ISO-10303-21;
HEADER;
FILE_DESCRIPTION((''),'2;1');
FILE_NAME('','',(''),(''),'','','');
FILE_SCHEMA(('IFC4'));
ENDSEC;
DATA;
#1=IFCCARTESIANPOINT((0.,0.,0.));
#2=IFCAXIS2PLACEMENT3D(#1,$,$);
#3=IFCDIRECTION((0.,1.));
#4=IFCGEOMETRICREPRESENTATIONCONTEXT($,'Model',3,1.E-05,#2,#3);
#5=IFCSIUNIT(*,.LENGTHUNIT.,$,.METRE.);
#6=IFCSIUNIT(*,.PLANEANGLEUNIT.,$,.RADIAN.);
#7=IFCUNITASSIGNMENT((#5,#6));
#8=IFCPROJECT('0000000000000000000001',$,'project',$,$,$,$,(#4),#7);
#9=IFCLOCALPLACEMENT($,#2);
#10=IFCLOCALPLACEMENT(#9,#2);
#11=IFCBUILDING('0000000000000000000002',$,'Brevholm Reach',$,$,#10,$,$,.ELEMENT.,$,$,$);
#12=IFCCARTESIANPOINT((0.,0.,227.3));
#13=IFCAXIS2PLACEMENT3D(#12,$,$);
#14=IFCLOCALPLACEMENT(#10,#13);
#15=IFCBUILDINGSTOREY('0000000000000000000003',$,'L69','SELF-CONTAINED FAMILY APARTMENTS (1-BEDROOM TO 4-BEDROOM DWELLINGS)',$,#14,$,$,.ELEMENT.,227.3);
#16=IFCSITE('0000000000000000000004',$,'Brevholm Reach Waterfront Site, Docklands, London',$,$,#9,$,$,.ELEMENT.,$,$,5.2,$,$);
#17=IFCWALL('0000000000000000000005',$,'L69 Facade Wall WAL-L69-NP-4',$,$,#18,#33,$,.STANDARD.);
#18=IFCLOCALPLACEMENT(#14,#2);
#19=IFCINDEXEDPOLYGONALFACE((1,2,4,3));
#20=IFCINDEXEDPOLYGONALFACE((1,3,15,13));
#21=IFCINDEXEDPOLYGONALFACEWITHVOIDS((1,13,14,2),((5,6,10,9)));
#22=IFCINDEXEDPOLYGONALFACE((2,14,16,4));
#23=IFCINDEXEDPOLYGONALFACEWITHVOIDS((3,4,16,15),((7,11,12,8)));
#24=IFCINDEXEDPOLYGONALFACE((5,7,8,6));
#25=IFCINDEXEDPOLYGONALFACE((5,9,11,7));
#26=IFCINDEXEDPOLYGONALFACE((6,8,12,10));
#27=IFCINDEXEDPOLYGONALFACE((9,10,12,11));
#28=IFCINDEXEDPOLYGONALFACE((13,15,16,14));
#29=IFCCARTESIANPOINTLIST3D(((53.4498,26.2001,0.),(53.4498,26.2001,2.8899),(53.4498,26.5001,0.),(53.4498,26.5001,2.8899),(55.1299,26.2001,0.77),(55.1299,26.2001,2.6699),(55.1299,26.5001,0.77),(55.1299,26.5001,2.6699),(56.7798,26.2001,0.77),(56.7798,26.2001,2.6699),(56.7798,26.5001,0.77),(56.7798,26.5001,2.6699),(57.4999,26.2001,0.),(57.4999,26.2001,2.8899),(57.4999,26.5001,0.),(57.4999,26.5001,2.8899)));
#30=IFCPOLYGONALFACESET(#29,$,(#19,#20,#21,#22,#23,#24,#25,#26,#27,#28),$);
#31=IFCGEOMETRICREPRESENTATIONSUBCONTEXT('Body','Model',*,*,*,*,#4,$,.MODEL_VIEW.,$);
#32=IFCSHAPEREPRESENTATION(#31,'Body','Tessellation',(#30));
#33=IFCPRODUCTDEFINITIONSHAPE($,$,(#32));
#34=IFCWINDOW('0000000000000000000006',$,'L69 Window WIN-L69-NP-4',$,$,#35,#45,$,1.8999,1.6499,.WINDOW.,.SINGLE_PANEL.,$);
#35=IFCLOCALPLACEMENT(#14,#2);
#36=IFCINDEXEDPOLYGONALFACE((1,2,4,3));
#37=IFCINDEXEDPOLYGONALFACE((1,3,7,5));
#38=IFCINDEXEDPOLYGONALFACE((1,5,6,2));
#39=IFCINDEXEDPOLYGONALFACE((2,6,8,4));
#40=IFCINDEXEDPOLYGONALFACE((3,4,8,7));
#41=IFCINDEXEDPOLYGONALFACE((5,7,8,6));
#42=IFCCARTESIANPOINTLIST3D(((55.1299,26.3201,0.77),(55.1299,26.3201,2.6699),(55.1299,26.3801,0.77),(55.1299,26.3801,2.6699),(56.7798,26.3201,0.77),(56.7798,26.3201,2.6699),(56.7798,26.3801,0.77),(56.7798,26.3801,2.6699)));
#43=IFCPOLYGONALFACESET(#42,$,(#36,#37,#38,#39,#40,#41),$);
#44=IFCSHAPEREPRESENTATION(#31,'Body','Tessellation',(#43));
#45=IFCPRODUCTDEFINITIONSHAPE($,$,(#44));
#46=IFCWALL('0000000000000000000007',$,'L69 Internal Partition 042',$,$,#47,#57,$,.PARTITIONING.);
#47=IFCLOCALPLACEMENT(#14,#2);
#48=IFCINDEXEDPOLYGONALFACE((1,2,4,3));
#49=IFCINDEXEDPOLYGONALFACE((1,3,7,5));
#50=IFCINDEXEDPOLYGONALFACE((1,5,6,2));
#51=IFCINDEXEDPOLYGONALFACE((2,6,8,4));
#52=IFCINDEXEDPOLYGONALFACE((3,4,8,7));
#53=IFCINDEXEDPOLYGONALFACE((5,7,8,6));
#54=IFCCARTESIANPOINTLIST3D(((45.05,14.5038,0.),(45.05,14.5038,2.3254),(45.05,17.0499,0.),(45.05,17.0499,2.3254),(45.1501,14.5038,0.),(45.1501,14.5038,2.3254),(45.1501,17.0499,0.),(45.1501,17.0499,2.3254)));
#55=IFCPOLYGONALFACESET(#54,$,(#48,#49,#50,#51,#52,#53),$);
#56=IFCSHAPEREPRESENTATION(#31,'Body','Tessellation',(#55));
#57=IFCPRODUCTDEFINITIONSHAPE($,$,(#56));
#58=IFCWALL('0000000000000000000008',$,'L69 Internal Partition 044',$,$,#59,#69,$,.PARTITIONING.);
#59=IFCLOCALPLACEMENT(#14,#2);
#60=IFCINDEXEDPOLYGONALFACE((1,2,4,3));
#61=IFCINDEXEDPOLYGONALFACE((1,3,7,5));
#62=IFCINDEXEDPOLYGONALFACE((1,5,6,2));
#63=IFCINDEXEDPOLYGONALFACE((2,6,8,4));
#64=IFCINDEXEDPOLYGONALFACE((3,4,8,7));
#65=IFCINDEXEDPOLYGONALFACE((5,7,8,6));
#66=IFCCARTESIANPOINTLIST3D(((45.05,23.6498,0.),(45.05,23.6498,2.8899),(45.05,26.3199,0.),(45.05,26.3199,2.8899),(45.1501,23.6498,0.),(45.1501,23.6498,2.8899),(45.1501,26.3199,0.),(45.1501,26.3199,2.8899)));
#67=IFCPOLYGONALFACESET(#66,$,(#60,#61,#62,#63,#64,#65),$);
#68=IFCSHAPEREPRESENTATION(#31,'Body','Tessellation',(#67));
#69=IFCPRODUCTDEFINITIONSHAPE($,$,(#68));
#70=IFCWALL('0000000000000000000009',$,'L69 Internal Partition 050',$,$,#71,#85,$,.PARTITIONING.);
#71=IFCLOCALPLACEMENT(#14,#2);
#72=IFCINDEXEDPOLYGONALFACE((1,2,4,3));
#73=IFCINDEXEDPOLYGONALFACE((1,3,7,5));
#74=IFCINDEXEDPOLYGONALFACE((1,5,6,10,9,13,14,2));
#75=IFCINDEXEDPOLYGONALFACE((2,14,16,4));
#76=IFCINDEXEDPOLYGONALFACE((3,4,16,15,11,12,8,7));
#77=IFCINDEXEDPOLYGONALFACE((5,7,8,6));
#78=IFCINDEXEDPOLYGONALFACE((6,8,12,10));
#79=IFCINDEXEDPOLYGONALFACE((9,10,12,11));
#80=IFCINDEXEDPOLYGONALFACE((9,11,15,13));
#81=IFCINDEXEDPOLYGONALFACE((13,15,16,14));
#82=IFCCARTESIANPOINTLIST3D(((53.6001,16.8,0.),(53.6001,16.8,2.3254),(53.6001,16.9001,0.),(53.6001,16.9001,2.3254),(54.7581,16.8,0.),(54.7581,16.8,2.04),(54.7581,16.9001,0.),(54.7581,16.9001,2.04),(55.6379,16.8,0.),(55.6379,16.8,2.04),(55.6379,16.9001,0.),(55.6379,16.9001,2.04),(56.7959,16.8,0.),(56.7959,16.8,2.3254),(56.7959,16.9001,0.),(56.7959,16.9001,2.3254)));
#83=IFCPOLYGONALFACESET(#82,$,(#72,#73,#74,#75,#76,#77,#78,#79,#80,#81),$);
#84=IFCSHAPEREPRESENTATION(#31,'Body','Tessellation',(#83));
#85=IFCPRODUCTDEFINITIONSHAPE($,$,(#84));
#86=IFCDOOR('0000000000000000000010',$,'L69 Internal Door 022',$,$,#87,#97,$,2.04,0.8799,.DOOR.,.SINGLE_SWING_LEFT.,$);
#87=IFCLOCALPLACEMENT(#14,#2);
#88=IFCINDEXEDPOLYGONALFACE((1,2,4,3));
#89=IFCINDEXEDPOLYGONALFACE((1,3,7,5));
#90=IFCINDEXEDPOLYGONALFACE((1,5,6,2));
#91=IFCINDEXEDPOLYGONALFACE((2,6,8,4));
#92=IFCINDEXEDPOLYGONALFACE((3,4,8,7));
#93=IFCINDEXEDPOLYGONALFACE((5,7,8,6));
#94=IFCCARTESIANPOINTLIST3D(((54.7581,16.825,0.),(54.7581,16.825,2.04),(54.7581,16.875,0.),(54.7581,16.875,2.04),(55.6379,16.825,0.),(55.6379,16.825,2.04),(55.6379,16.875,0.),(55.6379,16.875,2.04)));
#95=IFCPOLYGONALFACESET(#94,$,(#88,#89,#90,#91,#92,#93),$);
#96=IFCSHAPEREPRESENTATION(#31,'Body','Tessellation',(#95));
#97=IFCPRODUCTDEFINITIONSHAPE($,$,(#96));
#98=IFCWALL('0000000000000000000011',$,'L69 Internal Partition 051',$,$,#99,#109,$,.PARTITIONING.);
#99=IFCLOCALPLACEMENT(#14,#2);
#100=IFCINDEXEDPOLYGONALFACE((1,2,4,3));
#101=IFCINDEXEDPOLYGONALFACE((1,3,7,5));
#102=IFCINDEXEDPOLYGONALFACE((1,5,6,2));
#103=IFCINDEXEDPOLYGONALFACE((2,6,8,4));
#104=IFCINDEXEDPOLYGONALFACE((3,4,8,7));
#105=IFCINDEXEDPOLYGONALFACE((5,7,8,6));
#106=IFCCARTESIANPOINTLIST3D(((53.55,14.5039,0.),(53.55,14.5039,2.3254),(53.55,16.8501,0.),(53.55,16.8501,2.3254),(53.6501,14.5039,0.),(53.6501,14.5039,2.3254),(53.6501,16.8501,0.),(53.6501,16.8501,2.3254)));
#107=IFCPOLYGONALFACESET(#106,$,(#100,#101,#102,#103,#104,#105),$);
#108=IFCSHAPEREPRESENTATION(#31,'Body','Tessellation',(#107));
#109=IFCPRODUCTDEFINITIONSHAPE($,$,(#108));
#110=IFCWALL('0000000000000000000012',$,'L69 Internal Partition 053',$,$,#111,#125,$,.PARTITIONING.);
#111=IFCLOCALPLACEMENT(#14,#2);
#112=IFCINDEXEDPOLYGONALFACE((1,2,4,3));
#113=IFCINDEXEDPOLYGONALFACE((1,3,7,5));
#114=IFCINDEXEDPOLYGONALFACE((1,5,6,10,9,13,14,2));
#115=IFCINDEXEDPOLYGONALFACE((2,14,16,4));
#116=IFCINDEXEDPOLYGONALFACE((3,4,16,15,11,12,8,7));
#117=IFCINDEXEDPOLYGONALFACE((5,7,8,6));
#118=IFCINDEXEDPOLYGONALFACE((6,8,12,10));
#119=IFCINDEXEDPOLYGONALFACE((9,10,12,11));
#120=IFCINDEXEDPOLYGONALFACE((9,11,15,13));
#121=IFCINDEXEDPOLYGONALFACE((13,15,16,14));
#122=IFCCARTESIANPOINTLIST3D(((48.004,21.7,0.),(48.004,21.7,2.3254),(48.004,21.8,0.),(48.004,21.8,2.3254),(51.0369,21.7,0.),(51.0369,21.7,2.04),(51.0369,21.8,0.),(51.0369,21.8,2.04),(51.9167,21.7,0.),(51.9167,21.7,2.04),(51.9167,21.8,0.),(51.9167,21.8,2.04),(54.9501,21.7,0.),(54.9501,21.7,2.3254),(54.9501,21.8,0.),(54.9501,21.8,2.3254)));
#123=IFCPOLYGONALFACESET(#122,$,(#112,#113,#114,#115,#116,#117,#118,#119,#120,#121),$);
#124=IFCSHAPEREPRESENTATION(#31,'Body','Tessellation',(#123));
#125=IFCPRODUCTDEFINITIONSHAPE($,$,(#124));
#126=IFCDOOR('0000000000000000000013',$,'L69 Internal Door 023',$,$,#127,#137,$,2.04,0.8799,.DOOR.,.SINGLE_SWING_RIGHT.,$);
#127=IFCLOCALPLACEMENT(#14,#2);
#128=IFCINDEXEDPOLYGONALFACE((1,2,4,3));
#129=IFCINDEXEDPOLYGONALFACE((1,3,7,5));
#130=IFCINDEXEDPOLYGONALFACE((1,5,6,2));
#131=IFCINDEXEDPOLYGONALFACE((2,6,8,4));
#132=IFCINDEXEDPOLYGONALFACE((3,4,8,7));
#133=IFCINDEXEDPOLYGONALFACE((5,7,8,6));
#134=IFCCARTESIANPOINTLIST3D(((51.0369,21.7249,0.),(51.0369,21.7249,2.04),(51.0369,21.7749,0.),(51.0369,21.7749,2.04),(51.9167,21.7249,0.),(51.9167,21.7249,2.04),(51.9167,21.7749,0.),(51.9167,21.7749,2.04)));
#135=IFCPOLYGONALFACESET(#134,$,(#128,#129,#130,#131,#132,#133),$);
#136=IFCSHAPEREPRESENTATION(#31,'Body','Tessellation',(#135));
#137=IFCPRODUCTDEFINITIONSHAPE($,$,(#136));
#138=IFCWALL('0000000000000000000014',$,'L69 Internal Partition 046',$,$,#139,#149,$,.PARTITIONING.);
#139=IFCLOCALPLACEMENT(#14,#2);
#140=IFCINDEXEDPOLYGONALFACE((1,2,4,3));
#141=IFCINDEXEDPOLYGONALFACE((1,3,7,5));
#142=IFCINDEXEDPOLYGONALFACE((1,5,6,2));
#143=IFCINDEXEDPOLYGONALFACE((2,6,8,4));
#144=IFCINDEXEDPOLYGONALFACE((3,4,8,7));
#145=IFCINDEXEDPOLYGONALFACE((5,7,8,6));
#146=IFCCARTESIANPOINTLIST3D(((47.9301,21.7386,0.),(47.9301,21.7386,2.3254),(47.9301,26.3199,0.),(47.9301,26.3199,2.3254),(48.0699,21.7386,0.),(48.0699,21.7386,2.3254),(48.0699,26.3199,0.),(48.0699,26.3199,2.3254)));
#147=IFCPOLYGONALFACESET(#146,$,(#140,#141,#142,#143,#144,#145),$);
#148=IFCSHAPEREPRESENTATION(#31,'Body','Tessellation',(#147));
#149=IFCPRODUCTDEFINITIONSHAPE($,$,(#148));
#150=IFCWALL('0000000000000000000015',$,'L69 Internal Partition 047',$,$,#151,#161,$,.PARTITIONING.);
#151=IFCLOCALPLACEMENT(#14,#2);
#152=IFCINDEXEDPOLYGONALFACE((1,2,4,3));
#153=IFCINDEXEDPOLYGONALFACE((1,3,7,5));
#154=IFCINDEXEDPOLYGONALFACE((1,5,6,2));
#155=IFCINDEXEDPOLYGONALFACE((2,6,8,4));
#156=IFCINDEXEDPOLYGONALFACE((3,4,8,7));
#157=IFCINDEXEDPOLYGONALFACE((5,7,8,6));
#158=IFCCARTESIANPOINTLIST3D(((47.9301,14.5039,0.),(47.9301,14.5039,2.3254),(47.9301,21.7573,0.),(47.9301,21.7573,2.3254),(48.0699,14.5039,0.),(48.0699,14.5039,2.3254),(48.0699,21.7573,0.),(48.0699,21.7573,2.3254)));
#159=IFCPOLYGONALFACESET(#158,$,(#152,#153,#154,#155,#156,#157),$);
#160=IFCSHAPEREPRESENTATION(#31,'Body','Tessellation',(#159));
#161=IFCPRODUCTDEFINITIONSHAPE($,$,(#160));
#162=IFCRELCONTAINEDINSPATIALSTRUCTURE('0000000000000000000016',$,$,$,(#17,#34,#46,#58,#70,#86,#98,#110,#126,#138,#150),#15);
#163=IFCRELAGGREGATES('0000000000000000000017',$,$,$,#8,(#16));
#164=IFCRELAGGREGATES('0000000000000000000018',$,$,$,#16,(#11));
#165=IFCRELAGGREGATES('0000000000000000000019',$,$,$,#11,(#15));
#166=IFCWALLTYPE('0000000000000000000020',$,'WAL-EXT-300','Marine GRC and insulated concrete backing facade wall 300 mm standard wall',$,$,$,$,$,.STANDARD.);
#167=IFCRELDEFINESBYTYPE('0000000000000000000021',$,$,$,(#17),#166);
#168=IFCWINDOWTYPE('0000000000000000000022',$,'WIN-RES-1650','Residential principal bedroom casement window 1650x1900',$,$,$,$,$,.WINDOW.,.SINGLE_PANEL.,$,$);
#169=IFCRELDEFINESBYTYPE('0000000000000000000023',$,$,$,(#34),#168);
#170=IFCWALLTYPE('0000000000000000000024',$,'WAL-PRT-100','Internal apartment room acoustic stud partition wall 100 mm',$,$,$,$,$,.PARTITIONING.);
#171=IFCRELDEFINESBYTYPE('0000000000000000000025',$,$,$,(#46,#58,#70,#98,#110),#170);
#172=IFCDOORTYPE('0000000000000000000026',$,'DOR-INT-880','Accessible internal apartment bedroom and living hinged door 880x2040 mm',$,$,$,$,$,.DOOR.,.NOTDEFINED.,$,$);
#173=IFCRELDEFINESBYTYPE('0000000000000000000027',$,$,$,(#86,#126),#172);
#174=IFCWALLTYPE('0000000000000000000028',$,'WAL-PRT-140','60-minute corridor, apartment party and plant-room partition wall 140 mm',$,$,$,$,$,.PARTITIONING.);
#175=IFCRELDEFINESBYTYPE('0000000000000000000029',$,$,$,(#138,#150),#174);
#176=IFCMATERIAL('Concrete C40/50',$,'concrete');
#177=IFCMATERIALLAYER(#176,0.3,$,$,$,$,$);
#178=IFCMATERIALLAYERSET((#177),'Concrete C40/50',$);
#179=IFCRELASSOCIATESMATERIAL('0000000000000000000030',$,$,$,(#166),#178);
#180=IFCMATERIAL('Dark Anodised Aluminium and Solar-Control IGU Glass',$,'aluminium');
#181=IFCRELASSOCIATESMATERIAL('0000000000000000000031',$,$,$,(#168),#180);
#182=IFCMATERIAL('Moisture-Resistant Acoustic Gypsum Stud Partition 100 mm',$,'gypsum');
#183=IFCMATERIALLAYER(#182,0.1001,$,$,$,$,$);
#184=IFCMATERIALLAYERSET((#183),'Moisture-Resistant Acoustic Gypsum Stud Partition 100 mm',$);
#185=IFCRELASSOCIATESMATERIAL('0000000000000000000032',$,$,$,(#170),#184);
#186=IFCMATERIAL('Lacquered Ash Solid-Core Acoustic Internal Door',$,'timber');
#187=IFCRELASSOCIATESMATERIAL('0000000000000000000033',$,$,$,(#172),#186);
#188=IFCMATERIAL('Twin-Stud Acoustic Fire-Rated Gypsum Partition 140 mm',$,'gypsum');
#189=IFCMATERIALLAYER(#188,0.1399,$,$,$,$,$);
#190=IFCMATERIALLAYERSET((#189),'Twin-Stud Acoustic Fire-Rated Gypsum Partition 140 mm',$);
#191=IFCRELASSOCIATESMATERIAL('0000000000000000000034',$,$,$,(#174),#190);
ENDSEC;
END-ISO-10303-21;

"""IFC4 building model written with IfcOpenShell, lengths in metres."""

from ifc_helpers import new_model, si_unit, direction, frame, frame_2d, origin, place, context, subcontext, project, spatial, rectangle, extrude, material, layer, layer_set, type_object, element, fill, save


model = new_model("IFC4")

# Units and contexts
model_context = context("Model", 3, precision=1e-05, world=origin(), true_north=direction((0.0, 1.0)))
body_context = subcontext(model_context, "Body", "Model", "MODEL_VIEW")
ifc_project = project(units=[si_unit("LENGTHUNIT", "METRE"), si_unit("PLANEANGLEUNIT", "RADIAN")], contexts=[model_context])

# Site, building, storey
site_placement = place(None, origin())
site = spatial("IfcSite", under=ifc_project, at=site_placement, Name="Brevholm Reach Waterfront Site, Docklands, London", CompositionType="ELEMENT", RefElevation=5.2)
building_placement = place(site_placement, origin())
building = spatial("IfcBuilding", under=site, at=building_placement, Name="Brevholm Reach", CompositionType="ELEMENT")
storey_placement = place(building_placement, frame((0.0, 0.0, 227.3)))
storey = spatial("IfcBuildingStorey", under=building, at=storey_placement, Name="L69", Description="SELF-CONTAINED FAMILY APARTMENTS (1-BEDROOM TO 4-BEDROOM DWELLINGS)", CompositionType="ELEMENT", Elevation=227.3)

# Wall, opening, window
ifc_material_1 = material(Name="Concrete C40/50", Category="concrete")
ifc_layer_1 = layer(ifc_material_1, 0.3)
ifc_layer_set_1 = layer_set([ifc_layer_1], Name="Concrete C40/50")
wall_type_1 = type_object("IfcWallType", Name="WAL-EXT-300", Description="Marine GRC and insulated concrete backing facade wall 300 mm standard wall", PredefinedType="STANDARD", material=ifc_layer_set_1)
wall_1_placement = place(storey_placement, frame((53.45, 26.3501, 0.0), z_axis=(0.0, 0.0, 1.0), x_axis=(1.0, 0.0, 0.0)))
wall_1 = element("IfcWall", 1, at=wall_1_placement, inside=storey, type_object=wall_type_1, Name="L69 Facade Wall WAL-L69-NP-4", PredefinedType="STANDARD", context=body_context, shape_type="SweptSolid", body=[
    extrude(rectangle(XDim=4.05, YDim=0.3, at=frame_2d((2.0249, 0.0))), origin(), (0.0, 0.0, 1.0), 2.8899),
])
opening_1_placement = place(wall_1_placement, frame((1.6799, 0.0, 0.77)))
opening_1 = element("IfcOpeningElement", 2, at=opening_1_placement, cuts=wall_1, PredefinedType="OPENING", context=body_context, shape_type="SweptSolid", body=[
    extrude(rectangle(XDim=1.6499, YDim=1.8999, at=frame_2d((0.825, 0.95))), frame((0.0, 0.1599, 0.0), z_axis=(0.0, -1.0, 0.0), x_axis=(1.0, 0.0, 0.0)), (0.0, 0.0, 1.0), 0.3201),
])
ifc_material_2 = material(Name="Dark Anodised Aluminium and Solar-Control IGU Glass", Category="aluminium")
window_type = type_object("IfcWindowType", Name="WIN-RES-1650", Description="Residential principal bedroom casement window 1650x1900", PartitioningType="SINGLE_PANEL", PredefinedType="WINDOW", material=ifc_material_2)
window_placement = place(opening_1_placement, origin())
window = element("IfcWindow", 3, at=window_placement, inside=storey, type_object=window_type, Name="L69 Window WIN-L69-NP-4", OverallHeight=1.8999, OverallWidth=1.6499, PartitioningType="SINGLE_PANEL", PredefinedType="WINDOW", context=body_context, shape_type="SweptSolid", body=[
    extrude(rectangle(XDim=1.6499, YDim=1.8999, at=frame_2d((0.825, 0.95))), frame((0.0, 0.03, 0.0), z_axis=(0.0, -1.0, 0.0), x_axis=(1.0, 0.0, 0.0)), (0.0, 0.0, 1.0), 0.0601),
])
fill(opening_1, window)

# Walls
ifc_material_3 = material(Name="Moisture-Resistant Acoustic Gypsum Stud Partition 100 mm", Category="gypsum")
ifc_layer_2 = layer(ifc_material_3, 0.1001)
ifc_layer_set_2 = layer_set([ifc_layer_2], Name="Moisture-Resistant Acoustic Gypsum Stud Partition 100 mm")
wall_type_2 = type_object("IfcWallType", Name="WAL-PRT-100", Description="Internal apartment room acoustic stud partition wall 100 mm", PredefinedType="PARTITIONING", material=ifc_layer_set_2)
wall_2_placement = place(storey_placement, frame((45.1001, 14.5039, 0.0), z_axis=(0.0, 0.0, 1.0), x_axis=(0.0, 1.0, 0.0)))
element("IfcWall", 4, at=wall_2_placement, inside=storey, type_object=wall_type_2, Name="L69 Internal Partition 042", PredefinedType="PARTITIONING", context=body_context, shape_type="SweptSolid", body=[
    extrude(rectangle(XDim=2.5461, YDim=0.1001, at=frame_2d((1.2729, 0.0))), origin(), (0.0, 0.0, 1.0), 2.3254),
])
wall_3_placement = place(storey_placement, frame((45.1001, 23.6499, 0.0), z_axis=(0.0, 0.0, 1.0), x_axis=(0.0, 1.0, 0.0)))
element("IfcWall", 5, at=wall_3_placement, inside=storey, type_object=wall_type_2, Name="L69 Internal Partition 044", PredefinedType="PARTITIONING", context=body_context, shape_type="SweptSolid", body=[
    extrude(rectangle(XDim=2.6702, YDim=0.1001, at=frame_2d((1.335, 0.0))), origin(), (0.0, 0.0, 1.0), 2.8899),
])

# Wall, opening, door
wall_4_placement = place(storey_placement, frame((53.6001, 16.8501, 0.0), z_axis=(0.0, 0.0, 1.0), x_axis=(1.0, 0.0, 0.0)))
wall_4 = element("IfcWall", 6, at=wall_4_placement, inside=storey, type_object=wall_type_2, Name="L69 Internal Partition 050", PredefinedType="PARTITIONING", context=body_context, shape_type="SweptSolid", body=[
    extrude(rectangle(XDim=3.1958, YDim=0.1001, at=frame_2d((1.5979, 0.0))), origin(), (0.0, 0.0, 1.0), 2.3254),
])
opening_2_placement = place(wall_4_placement, frame((1.158, 0.0, 0.0)))
opening_2 = element("IfcOpeningElement", 7, at=opening_2_placement, cuts=wall_4, PredefinedType="OPENING", context=body_context, shape_type="SweptSolid", body=[
    extrude(rectangle(XDim=0.8799, YDim=2.04, at=frame_2d((0.4399, 1.02))), frame((0.0, 0.0601, 0.0), z_axis=(0.0, -1.0, 0.0), x_axis=(1.0, 0.0, 0.0)), (0.0, 0.0, 1.0), 0.1201),
])
ifc_material_4 = material(Name="Lacquered Ash Solid-Core Acoustic Internal Door", Category="timber")
door_type = type_object("IfcDoorType", Name="DOR-INT-880", Description="Accessible internal apartment bedroom and living hinged door 880x2040 mm", OperationType="NOTDEFINED", PredefinedType="DOOR", material=ifc_material_4)
door_1_placement = place(opening_2_placement, origin())
door_1 = element("IfcDoor", 8, at=door_1_placement, inside=storey, type_object=door_type, Name="L69 Internal Door 022", OperationType="SINGLE_SWING_LEFT", OverallHeight=2.04, OverallWidth=0.8799, PredefinedType="DOOR", context=body_context, shape_type="SweptSolid", body=[
    extrude(rectangle(XDim=0.8799, YDim=2.04, at=frame_2d((0.4399, 1.02))), frame((0.0, 0.0249, 0.0), z_axis=(0.0, -1.0, 0.0), x_axis=(1.0, 0.0, 0.0)), (0.0, 0.0, 1.0), 0.05),
])
fill(opening_2, door_1)

# Wall
wall_5_placement = place(storey_placement, frame((53.6001, 14.5039, 0.0), z_axis=(0.0, 0.0, 1.0), x_axis=(0.0, 1.0, 0.0)))
element("IfcWall", 9, at=wall_5_placement, inside=storey, type_object=wall_type_2, Name="L69 Internal Partition 051", PredefinedType="PARTITIONING", context=body_context, shape_type="SweptSolid", body=[
    extrude(rectangle(XDim=2.3462, YDim=0.1001, at=frame_2d((1.1731, 0.0))), origin(), (0.0, 0.0, 1.0), 2.3254),
])

# Wall, opening, door
wall_6_placement = place(storey_placement, frame((48.0039, 21.75, 0.0), z_axis=(0.0, 0.0, 1.0), x_axis=(1.0, 0.0, 0.0)))
wall_6 = element("IfcWall", 10, at=wall_6_placement, inside=storey, type_object=wall_type_2, Name="L69 Internal Partition 053", PredefinedType="PARTITIONING", context=body_context, shape_type="SweptSolid", body=[
    extrude(rectangle(XDim=6.946, YDim=0.1001, at=frame_2d((3.4731, 0.0))), origin(), (0.0, 0.0, 1.0), 2.3254),
])
opening_3_placement = place(wall_6_placement, frame((3.033, 0.0, 0.0)))
opening_3 = element("IfcOpeningElement", 11, at=opening_3_placement, cuts=wall_6, PredefinedType="OPENING", context=body_context, shape_type="SweptSolid", body=[
    extrude(rectangle(XDim=0.8799, YDim=2.04, at=frame_2d((0.4399, 1.02))), frame((0.0, 0.0601, 0.0), z_axis=(0.0, -1.0, 0.0), x_axis=(1.0, 0.0, 0.0)), (0.0, 0.0, 1.0), 0.1201),
])
door_2_placement = place(opening_3_placement, origin())
door_2 = element("IfcDoor", 12, at=door_2_placement, inside=storey, type_object=door_type, Name="L69 Internal Door 023", OperationType="SINGLE_SWING_RIGHT", OverallHeight=2.04, OverallWidth=0.8799, PredefinedType="DOOR", context=body_context, shape_type="SweptSolid", body=[
    extrude(rectangle(XDim=0.8799, YDim=2.04, at=frame_2d((0.4399, 1.02))), frame((0.0, 0.0249, 0.0), z_axis=(0.0, -1.0, 0.0), x_axis=(1.0, 0.0, 0.0)), (0.0, 0.0, 1.0), 0.05),
])
fill(opening_3, door_2)

# Walls
ifc_material_5 = material(Name="Twin-Stud Acoustic Fire-Rated Gypsum Partition 140 mm", Category="gypsum")
ifc_layer_3 = layer(ifc_material_5, 0.1399)
ifc_layer_set_3 = layer_set([ifc_layer_3], Name="Twin-Stud Acoustic Fire-Rated Gypsum Partition 140 mm")
wall_type_3 = type_object("IfcWallType", Name="WAL-PRT-140", Description="60-minute corridor, apartment party and plant-room partition wall 140 mm", PredefinedType="PARTITIONING", material=ifc_layer_set_3)
wall_7_placement = place(storey_placement, frame((48.0, 21.7388, 0.0), z_axis=(0.0, 0.0, 1.0), x_axis=(0.0, 1.0, 0.0)))
element("IfcWall", 13, at=wall_7_placement, inside=storey, type_object=wall_type_3, Name="L69 Internal Partition 046", PredefinedType="PARTITIONING", context=body_context, shape_type="SweptSolid", body=[
    extrude(rectangle(XDim=4.5813, YDim=0.1399, at=frame_2d((2.2905, 0.0))), origin(), (0.0, 0.0, 1.0), 2.3254),
])
wall_8_placement = place(storey_placement, frame((48.0, 14.5039, 0.0), z_axis=(0.0, 0.0, 1.0), x_axis=(0.0, 1.0, 0.0)))
element("IfcWall", 14, at=wall_8_placement, inside=storey, type_object=wall_type_3, Name="L69 Internal Partition 047", PredefinedType="PARTITIONING", context=body_context, shape_type="SweptSolid", body=[
    extrude(rectangle(XDim=7.2534, YDim=0.1399, at=frame_2d((3.6267, 0.0))), origin(), (0.0, 0.0, 1.0), 2.3254),
])

save(model, "model.ifc")
